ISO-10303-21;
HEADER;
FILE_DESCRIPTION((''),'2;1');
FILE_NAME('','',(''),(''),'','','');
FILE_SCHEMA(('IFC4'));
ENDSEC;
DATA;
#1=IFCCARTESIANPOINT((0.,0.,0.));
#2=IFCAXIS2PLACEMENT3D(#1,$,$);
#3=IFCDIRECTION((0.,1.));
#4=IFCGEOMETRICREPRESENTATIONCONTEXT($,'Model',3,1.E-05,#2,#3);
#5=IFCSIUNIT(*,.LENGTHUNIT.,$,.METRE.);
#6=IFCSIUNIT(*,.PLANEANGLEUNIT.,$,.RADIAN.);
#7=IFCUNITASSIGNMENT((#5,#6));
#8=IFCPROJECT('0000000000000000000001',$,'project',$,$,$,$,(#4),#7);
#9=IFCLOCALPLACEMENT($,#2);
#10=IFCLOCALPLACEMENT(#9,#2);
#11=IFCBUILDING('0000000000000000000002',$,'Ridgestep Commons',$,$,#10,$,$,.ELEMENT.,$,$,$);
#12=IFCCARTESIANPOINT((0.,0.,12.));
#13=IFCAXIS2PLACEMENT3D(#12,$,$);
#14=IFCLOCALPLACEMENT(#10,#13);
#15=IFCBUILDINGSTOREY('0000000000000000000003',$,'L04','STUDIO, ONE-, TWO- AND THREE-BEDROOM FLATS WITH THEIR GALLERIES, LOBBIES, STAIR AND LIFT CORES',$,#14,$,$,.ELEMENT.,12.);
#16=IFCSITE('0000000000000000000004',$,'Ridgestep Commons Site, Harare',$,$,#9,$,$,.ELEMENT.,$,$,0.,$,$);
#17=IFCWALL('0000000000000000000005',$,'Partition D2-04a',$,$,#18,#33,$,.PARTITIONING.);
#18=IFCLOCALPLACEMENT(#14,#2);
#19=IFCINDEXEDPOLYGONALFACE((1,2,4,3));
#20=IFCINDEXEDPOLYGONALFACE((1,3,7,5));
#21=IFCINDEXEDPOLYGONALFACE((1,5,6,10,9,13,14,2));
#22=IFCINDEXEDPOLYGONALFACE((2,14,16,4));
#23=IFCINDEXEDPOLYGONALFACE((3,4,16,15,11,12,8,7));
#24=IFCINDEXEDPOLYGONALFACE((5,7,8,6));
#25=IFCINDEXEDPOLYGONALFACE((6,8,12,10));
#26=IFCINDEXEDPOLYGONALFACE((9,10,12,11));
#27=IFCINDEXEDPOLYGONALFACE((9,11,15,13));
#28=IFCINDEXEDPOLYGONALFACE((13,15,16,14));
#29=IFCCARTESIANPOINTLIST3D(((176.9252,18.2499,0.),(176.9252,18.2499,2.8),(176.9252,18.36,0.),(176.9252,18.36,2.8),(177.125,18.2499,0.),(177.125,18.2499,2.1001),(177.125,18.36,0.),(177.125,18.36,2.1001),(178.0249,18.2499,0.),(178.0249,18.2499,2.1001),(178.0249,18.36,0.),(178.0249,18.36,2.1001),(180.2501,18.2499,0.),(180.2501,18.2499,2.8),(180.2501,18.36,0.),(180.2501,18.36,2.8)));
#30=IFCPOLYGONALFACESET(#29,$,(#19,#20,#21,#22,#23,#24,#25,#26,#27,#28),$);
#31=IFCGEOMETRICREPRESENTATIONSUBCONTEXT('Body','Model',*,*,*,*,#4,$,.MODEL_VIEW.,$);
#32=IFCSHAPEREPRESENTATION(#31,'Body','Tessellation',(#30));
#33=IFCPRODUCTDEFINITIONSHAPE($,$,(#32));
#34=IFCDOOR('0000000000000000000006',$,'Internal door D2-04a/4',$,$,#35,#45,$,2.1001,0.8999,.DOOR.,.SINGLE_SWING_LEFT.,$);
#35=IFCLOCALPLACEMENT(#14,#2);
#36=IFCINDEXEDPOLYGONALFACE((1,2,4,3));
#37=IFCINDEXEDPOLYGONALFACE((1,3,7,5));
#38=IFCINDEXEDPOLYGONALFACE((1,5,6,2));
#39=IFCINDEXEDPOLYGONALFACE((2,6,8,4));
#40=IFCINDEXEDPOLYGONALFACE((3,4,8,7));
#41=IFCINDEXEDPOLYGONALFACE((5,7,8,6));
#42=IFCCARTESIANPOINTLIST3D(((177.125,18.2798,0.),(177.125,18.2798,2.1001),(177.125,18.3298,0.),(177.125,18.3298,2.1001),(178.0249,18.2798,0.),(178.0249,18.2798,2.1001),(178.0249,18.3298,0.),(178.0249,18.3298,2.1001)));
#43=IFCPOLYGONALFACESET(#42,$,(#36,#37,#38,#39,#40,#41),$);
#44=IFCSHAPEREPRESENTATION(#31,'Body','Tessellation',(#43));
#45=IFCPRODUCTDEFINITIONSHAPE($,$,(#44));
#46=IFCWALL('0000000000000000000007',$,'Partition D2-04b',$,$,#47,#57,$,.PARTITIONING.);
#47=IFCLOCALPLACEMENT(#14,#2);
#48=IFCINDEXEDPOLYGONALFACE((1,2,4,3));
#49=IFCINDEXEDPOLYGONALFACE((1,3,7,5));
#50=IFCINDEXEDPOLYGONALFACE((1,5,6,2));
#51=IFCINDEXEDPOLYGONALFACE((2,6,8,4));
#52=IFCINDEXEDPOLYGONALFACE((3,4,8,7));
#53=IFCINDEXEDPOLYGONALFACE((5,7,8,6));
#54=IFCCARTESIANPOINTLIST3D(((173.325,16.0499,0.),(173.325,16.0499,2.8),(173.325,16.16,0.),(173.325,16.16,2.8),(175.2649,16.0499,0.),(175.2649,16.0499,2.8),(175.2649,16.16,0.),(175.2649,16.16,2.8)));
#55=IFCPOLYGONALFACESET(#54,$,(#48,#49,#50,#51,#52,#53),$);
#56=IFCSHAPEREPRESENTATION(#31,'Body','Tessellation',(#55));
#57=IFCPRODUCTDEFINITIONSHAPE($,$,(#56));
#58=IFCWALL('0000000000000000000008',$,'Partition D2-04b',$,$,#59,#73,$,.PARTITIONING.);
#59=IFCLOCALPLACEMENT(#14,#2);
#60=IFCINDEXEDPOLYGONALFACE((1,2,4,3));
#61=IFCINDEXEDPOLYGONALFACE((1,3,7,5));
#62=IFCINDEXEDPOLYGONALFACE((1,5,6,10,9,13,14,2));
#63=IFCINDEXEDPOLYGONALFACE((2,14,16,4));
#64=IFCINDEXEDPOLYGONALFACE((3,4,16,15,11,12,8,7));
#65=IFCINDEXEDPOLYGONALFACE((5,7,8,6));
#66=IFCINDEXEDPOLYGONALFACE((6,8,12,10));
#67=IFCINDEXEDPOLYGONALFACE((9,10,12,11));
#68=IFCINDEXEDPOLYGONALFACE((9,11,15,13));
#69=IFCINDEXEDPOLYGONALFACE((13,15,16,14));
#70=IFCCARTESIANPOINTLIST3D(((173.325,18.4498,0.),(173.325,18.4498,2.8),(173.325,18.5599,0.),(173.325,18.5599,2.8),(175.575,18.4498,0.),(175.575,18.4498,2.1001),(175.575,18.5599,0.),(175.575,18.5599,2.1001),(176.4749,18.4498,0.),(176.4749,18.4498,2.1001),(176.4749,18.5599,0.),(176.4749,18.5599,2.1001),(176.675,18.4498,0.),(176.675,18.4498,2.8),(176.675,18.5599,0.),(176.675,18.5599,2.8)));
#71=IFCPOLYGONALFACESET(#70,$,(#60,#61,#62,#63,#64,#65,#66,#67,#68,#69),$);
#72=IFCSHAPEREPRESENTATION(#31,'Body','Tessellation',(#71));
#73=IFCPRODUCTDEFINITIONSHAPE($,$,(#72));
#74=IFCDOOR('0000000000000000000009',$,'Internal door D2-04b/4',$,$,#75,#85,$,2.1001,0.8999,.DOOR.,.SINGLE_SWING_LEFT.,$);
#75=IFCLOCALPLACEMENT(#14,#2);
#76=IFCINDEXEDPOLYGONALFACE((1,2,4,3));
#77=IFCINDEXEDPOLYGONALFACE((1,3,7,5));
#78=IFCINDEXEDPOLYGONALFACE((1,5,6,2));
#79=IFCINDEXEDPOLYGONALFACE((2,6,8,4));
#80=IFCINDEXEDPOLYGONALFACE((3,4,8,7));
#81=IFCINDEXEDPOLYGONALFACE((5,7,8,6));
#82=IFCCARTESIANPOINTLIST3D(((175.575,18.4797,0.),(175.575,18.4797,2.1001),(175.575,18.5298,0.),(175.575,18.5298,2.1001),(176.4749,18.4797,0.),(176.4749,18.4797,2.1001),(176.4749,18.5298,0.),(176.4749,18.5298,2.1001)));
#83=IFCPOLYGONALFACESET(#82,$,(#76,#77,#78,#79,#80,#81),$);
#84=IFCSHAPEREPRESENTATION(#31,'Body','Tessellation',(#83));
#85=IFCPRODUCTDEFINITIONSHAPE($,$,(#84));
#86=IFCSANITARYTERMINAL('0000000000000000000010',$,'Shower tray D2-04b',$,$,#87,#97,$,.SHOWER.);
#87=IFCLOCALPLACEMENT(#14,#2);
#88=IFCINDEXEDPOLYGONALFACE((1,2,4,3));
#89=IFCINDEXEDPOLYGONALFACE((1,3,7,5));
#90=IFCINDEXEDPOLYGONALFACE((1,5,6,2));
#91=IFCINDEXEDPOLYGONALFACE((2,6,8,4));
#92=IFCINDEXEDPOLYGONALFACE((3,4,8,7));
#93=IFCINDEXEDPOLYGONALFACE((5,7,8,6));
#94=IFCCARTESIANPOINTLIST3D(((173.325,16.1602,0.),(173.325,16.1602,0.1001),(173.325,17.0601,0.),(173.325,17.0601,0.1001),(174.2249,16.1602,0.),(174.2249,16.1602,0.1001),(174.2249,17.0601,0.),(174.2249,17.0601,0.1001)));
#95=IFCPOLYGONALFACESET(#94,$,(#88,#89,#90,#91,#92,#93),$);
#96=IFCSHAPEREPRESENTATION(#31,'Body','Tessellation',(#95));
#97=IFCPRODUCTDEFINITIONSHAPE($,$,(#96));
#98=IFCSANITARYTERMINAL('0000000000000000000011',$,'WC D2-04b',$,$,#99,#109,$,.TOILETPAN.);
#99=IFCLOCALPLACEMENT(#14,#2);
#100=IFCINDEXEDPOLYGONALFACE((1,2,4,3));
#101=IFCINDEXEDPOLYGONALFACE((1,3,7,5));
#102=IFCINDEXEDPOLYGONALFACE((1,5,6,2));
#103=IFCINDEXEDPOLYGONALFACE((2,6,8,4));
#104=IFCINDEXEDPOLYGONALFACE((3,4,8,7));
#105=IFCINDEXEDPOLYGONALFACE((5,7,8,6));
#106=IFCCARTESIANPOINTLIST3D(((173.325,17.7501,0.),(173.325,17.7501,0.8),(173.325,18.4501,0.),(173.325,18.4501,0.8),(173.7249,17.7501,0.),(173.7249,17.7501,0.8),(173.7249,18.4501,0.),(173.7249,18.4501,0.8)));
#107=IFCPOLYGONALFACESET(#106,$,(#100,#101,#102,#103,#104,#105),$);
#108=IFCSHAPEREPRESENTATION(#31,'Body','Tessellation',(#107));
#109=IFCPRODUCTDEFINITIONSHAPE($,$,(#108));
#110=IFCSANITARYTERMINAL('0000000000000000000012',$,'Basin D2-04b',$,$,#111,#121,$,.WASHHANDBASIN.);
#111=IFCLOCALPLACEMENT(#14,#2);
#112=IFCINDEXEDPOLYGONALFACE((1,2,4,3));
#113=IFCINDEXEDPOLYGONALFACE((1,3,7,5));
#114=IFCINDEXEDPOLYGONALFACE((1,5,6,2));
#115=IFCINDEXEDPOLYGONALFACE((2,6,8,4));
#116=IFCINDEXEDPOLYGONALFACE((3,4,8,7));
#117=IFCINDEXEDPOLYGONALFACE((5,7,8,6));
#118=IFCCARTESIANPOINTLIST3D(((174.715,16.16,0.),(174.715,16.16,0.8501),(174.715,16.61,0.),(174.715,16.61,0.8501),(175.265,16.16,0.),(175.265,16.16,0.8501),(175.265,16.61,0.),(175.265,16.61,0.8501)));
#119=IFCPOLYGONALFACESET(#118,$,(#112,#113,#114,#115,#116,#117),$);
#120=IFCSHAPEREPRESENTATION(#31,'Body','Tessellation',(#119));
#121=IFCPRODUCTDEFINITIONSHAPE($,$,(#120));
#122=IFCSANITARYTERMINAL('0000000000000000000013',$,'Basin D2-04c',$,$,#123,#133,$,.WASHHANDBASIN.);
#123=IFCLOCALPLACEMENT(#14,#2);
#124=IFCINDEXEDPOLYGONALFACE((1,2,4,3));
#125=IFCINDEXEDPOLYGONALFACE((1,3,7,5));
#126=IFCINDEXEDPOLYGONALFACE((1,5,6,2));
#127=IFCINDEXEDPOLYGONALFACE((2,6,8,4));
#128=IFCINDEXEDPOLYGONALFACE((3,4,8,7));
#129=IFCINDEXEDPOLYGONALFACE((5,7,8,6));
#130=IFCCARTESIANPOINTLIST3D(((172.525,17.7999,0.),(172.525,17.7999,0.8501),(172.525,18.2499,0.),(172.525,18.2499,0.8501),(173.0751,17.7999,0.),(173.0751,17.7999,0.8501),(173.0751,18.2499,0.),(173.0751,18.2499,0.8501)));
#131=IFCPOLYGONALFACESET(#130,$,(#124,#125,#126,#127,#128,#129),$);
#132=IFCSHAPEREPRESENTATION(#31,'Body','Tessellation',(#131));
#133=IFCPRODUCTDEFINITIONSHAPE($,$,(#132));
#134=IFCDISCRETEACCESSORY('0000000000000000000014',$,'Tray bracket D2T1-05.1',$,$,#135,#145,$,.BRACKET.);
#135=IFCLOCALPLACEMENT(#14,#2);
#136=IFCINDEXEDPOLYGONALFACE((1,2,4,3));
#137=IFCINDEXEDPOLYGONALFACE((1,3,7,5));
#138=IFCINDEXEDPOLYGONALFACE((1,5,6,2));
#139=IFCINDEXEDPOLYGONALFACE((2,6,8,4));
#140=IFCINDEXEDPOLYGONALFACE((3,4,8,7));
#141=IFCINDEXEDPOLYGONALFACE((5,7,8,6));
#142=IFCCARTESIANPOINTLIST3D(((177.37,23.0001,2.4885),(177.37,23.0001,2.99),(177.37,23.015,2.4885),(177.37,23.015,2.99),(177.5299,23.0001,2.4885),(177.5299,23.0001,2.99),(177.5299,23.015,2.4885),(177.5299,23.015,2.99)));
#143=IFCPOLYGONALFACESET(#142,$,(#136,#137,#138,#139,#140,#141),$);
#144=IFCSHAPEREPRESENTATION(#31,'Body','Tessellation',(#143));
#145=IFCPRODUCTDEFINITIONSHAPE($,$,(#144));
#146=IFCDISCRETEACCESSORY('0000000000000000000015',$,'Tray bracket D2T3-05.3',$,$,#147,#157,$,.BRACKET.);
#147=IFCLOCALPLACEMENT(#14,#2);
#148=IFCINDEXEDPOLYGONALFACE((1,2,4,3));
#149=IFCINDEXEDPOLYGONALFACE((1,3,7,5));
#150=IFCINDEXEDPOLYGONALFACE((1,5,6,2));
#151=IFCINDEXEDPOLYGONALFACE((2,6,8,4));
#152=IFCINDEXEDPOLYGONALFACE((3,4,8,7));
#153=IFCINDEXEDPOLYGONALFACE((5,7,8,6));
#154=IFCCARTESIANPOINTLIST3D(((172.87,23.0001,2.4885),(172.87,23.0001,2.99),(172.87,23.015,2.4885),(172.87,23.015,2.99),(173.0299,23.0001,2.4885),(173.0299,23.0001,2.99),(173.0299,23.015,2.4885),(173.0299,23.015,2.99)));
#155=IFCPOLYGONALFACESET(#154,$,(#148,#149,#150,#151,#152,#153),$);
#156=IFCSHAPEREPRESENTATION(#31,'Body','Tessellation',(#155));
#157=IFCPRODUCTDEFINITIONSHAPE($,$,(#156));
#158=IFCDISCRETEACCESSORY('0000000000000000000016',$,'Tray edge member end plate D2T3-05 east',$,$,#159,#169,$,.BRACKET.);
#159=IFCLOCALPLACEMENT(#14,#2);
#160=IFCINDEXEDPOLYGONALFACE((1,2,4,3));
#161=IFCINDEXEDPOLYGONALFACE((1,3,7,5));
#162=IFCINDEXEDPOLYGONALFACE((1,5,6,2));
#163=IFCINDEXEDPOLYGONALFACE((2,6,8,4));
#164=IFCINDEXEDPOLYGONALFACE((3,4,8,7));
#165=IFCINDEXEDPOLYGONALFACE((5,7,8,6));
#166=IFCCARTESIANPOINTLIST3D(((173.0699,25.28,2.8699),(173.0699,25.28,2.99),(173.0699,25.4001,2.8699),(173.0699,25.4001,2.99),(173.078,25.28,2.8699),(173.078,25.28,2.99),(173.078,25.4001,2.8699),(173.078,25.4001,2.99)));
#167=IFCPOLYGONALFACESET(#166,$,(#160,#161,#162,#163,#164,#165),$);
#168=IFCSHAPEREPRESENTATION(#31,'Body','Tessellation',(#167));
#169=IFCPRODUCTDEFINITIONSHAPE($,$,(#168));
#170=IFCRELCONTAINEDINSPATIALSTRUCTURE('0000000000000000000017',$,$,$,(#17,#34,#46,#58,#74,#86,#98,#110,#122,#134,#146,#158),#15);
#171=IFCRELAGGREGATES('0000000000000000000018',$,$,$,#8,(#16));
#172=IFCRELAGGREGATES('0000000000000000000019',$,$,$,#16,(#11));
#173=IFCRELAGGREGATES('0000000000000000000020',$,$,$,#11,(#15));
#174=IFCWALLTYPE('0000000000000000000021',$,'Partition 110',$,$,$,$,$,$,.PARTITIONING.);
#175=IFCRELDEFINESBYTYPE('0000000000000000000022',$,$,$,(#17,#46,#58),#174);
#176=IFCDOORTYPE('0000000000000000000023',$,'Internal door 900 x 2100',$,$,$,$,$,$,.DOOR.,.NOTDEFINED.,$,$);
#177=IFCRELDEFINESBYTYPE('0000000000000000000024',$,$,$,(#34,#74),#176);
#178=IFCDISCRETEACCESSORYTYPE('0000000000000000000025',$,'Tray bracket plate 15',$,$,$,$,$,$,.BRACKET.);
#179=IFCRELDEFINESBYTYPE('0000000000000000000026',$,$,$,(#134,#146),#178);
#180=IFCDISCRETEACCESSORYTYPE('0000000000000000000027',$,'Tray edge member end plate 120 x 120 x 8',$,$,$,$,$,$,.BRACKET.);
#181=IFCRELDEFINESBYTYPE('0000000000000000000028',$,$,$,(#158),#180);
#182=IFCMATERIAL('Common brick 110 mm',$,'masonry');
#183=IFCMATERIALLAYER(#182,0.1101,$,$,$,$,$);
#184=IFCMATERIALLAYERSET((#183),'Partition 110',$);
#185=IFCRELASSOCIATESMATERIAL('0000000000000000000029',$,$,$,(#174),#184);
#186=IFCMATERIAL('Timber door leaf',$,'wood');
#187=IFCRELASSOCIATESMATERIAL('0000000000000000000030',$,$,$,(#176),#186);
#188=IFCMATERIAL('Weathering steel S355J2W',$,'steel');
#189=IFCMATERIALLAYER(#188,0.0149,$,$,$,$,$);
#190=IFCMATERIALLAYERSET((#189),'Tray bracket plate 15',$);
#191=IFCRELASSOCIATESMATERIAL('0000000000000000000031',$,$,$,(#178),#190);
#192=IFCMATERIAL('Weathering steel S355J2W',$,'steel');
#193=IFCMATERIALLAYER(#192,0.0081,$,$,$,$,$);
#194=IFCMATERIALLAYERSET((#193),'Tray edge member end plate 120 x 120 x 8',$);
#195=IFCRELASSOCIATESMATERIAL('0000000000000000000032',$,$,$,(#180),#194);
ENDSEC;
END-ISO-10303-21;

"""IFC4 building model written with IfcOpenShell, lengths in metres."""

from ifc_helpers import new_model, si_unit, direction, frame, frame_2d, origin, origin_2d, place, context, subcontext, project, spatial, rectangle, extrude, material, layer, layer_set, type_object, element, fill, save


model = new_model("IFC4")

# Units and contexts
model_context = context("Model", 3, precision=1e-05, world=origin(), true_north=direction((0.0, 1.0)))
body_context = subcontext(model_context, "Body", "Model", "MODEL_VIEW")
ifc_project = project(units=[si_unit("LENGTHUNIT", "METRE"), si_unit("PLANEANGLEUNIT", "RADIAN")], contexts=[model_context])

# Site, building, storey
site_placement = place(None, origin())
site = spatial("IfcSite", under=ifc_project, at=site_placement, Name="Ridgestep Commons Site, Harare", CompositionType="ELEMENT", RefElevation=0.0)
building_placement = place(site_placement, origin())
building = spatial("IfcBuilding", under=site, at=building_placement, Name="Ridgestep Commons", CompositionType="ELEMENT")
storey_placement = place(building_placement, frame((0.0, 0.0, 12.0)))
storey = spatial("IfcBuildingStorey", under=building, at=storey_placement, Name="L04", Description="STUDIO, ONE-, TWO- AND THREE-BEDROOM FLATS WITH THEIR GALLERIES, LOBBIES, STAIR AND LIFT CORES", CompositionType="ELEMENT", Elevation=12.0)

# Shared definitions
ifc_material_1 = material(Name="Common brick 110 mm", Category="masonry")
ifc_layer_1 = layer(ifc_material_1, 0.1101)
ifc_layer_set_1 = layer_set([ifc_layer_1], Name="Partition 110")
wall_type_1 = type_object("IfcWallType", Name="Partition 110", PredefinedType="PARTITIONING", material=ifc_layer_set_1)

# Wall, opening, door
wall_1_placement = place(storey_placement, frame((176.925, 18.3049, 0.0), z_axis=(0.0, 0.0, 1.0), x_axis=(1.0, 0.0, 0.0)))
wall_1 = element("IfcWall", 1, at=wall_1_placement, inside=storey, type_object=wall_type_1, Name="Partition D2-04a", PredefinedType="PARTITIONING", context=body_context, shape_type="SweptSolid", body=[
    extrude(rectangle(XDim=3.325, YDim=0.1101, at=frame_2d((1.6626, 0.0))), origin(), (0.0, 0.0, 1.0), 2.8),
])
opening_1_placement = place(wall_1_placement, frame((0.2, 0.0, 0.0)))
opening_1 = element("IfcOpeningElement", 2, at=opening_1_placement, cuts=wall_1, PredefinedType="OPENING", context=body_context, shape_type="SweptSolid", body=[
    extrude(rectangle(XDim=0.8999, YDim=2.1001, at=frame_2d((0.45, 1.05))), frame((0.0, 0.0649, 0.0), z_axis=(0.0, -1.0, 0.0), x_axis=(1.0, 0.0, 0.0)), (0.0, 0.0, 1.0), 0.1301),
])
ifc_material_2 = material(Name="Timber door leaf", Category="wood")
door_type = type_object("IfcDoorType", Name="Internal door 900 x 2100", OperationType="NOTDEFINED", PredefinedType="DOOR", material=ifc_material_2)
door_1_placement = place(opening_1_placement, origin())
door_1 = element("IfcDoor", 3, at=door_1_placement, inside=storey, type_object=door_type, Name="Internal door D2-04a/4", OperationType="SINGLE_SWING_LEFT", OverallHeight=2.1001, OverallWidth=0.8999, PredefinedType="DOOR", context=body_context, shape_type="SweptSolid", body=[
    extrude(rectangle(XDim=0.8999, YDim=2.1001, at=frame_2d((0.45, 1.05))), frame((0.0, 0.0249, 0.0), z_axis=(0.0, -1.0, 0.0), x_axis=(1.0, 0.0, 0.0)), (0.0, 0.0, 1.0), 0.05),
])
fill(opening_1, door_1)

# Wall
wall_2_placement = place(storey_placement, frame((173.325, 16.105, 0.0), z_axis=(0.0, 0.0, 1.0), x_axis=(1.0, 0.0, 0.0)))
element("IfcWall", 4, at=wall_2_placement, inside=storey, type_object=wall_type_1, Name="Partition D2-04b", PredefinedType="PARTITIONING", context=body_context, shape_type="SweptSolid", body=[
    extrude(rectangle(XDim=1.9399, YDim=0.1101, at=frame_2d((0.97, 0.0))), origin(), (0.0, 0.0, 1.0), 2.8),
])

# Wall, opening, door
wall_3_placement = place(storey_placement, frame((173.325, 18.5049, 0.0), z_axis=(0.0, 0.0, 1.0), x_axis=(1.0, 0.0, 0.0)))
wall_3 = element("IfcWall", 5, at=wall_3_placement, inside=storey, type_object=wall_type_1, Name="Partition D2-04b", PredefinedType="PARTITIONING", context=body_context, shape_type="SweptSolid", body=[
    extrude(rectangle(XDim=3.3501, YDim=0.1101, at=frame_2d((1.675, 0.0))), origin(), (0.0, 0.0, 1.0), 2.8),
])
opening_2_placement = place(wall_3_placement, frame((2.25, 0.0, 0.0)))
opening_2 = element("IfcOpeningElement", 6, at=opening_2_placement, cuts=wall_3, PredefinedType="OPENING", context=body_context, shape_type="SweptSolid", body=[
    extrude(rectangle(XDim=0.8999, YDim=2.1001, at=frame_2d((0.45, 1.05))), frame((0.0, 0.0649, 0.0), z_axis=(0.0, -1.0, 0.0), x_axis=(1.0, 0.0, 0.0)), (0.0, 0.0, 1.0), 0.1301),
])
door_2_placement = place(opening_2_placement, origin())
door_2 = element("IfcDoor", 7, at=door_2_placement, inside=storey, type_object=door_type, Name="Internal door D2-04b/4", OperationType="SINGLE_SWING_LEFT", OverallHeight=2.1001, OverallWidth=0.8999, PredefinedType="DOOR", context=body_context, shape_type="SweptSolid", body=[
    extrude(rectangle(XDim=0.8999, YDim=2.1001, at=frame_2d((0.45, 1.05))), frame((0.0, 0.0249, 0.0), z_axis=(0.0, -1.0, 0.0), x_axis=(1.0, 0.0, 0.0)), (0.0, 0.0, 1.0), 0.05),
])
fill(opening_2, door_2)

# Sanitary terminals
sanitary_terminal_1_placement = place(storey_placement, frame((173.7749, 16.6101, 0.0), z_axis=(0.0, 0.0, 1.0), x_axis=(1.0, 0.0, 0.0)))
element("IfcSanitaryTerminal", 8, at=sanitary_terminal_1_placement, inside=storey, Name="Shower tray D2-04b", PredefinedType="SHOWER", context=body_context, shape_type="SweptSolid", body=[
    extrude(rectangle(XDim=0.8999, YDim=0.8999, at=origin_2d()), origin(), (0.0, 0.0, 1.0), 0.1001),
])
sanitary_terminal_2_placement = place(storey_placement, frame((173.5249, 18.1001, 0.0), z_axis=(0.0, 0.0, 1.0), x_axis=(1.0, 0.0, 0.0)))
element("IfcSanitaryTerminal", 9, at=sanitary_terminal_2_placement, inside=storey, Name="WC D2-04b", PredefinedType="TOILETPAN", context=body_context, shape_type="SweptSolid", body=[
    extrude(rectangle(XDim=0.3999, YDim=0.7, at=origin_2d()), origin(), (0.0, 0.0, 1.0), 0.8),
])
for number, where, z_axis, x_axis, name in (
    (10, (174.99, 16.385, 0.0), (0.0, 0.0, 1.0), (1.0, 0.0, 0.0), "Basin D2-04b"),
    (11, (172.8, 18.0249, 0.0), (0.0, 0.0, 1.0), (1.0, 0.0, 0.0), "Basin D2-04c"),
):
    element("IfcSanitaryTerminal", number, at=place(storey_placement, frame(where, z_axis=z_axis, x_axis=x_axis)), inside=storey, Name=name, PredefinedType="WASHHANDBASIN", context=body_context, shape_type="SweptSolid", body=[
        extrude(rectangle(XDim=0.55, YDim=0.45, at=origin_2d()), origin(), (0.0, 0.0, 1.0), 0.8501),
    ])

# Discrete accessories
ifc_material_3 = material(Name="Weathering steel S355J2W", Category="steel")
ifc_layer_2 = layer(ifc_material_3, 0.0149)
ifc_layer_set_2 = layer_set([ifc_layer_2], Name="Tray bracket plate 15")
discrete_accessory_type_1 = type_object("IfcDiscreteAccessoryType", Name="Tray bracket plate 15", PredefinedType="BRACKET", material=ifc_layer_set_2)
for number, where, z_axis, x_axis, name in (
    (12, (177.45, 23.0076, 2.4885), (0.0, 0.0, 1.0), (1.0, 0.0, 0.0), "Tray bracket D2T1-05.1"),
    (13, (172.95, 23.0076, 2.4885), (0.0, 0.0, 1.0), (1.0, 0.0, 0.0), "Tray bracket D2T3-05.3"),
):
    element("IfcDiscreteAccessory", number, at=place(storey_placement, frame(where, z_axis=z_axis, x_axis=x_axis)), inside=storey, type_object=discrete_accessory_type_1, Name=name, PredefinedType="BRACKET", context=body_context, shape_type="SweptSolid", body=[
        extrude(rectangle(XDim=0.1599, YDim=0.0149, at=origin_2d()), origin(), (0.0, 0.0, 1.0), 0.5015),
    ])
ifc_material_4 = material(Name="Weathering steel S355J2W", Category="steel")
ifc_layer_3 = layer(ifc_material_4, 0.0081)
ifc_layer_set_3 = layer_set([ifc_layer_3], Name="Tray edge member end plate 120 x 120 x 8")
discrete_accessory_type_2 = type_object("IfcDiscreteAccessoryType", Name="Tray edge member end plate 120 x 120 x 8", PredefinedType="BRACKET", material=ifc_layer_set_3)
discrete_accessory_placement = place(storey_placement, frame((173.074, 25.3401, 2.8699), z_axis=(0.0, 0.0, 1.0), x_axis=(1.0, 0.0, 0.0)))
element("IfcDiscreteAccessory", 14, at=discrete_accessory_placement, inside=storey, type_object=discrete_accessory_type_2, Name="Tray edge member end plate D2T3-05 east", PredefinedType="BRACKET", context=body_context, shape_type="SweptSolid", body=[
    extrude(rectangle(XDim=0.0081, YDim=0.1201, at=origin_2d()), origin(), (0.0, 0.0, 1.0), 0.1201),
])

save(model, "model.ifc")
